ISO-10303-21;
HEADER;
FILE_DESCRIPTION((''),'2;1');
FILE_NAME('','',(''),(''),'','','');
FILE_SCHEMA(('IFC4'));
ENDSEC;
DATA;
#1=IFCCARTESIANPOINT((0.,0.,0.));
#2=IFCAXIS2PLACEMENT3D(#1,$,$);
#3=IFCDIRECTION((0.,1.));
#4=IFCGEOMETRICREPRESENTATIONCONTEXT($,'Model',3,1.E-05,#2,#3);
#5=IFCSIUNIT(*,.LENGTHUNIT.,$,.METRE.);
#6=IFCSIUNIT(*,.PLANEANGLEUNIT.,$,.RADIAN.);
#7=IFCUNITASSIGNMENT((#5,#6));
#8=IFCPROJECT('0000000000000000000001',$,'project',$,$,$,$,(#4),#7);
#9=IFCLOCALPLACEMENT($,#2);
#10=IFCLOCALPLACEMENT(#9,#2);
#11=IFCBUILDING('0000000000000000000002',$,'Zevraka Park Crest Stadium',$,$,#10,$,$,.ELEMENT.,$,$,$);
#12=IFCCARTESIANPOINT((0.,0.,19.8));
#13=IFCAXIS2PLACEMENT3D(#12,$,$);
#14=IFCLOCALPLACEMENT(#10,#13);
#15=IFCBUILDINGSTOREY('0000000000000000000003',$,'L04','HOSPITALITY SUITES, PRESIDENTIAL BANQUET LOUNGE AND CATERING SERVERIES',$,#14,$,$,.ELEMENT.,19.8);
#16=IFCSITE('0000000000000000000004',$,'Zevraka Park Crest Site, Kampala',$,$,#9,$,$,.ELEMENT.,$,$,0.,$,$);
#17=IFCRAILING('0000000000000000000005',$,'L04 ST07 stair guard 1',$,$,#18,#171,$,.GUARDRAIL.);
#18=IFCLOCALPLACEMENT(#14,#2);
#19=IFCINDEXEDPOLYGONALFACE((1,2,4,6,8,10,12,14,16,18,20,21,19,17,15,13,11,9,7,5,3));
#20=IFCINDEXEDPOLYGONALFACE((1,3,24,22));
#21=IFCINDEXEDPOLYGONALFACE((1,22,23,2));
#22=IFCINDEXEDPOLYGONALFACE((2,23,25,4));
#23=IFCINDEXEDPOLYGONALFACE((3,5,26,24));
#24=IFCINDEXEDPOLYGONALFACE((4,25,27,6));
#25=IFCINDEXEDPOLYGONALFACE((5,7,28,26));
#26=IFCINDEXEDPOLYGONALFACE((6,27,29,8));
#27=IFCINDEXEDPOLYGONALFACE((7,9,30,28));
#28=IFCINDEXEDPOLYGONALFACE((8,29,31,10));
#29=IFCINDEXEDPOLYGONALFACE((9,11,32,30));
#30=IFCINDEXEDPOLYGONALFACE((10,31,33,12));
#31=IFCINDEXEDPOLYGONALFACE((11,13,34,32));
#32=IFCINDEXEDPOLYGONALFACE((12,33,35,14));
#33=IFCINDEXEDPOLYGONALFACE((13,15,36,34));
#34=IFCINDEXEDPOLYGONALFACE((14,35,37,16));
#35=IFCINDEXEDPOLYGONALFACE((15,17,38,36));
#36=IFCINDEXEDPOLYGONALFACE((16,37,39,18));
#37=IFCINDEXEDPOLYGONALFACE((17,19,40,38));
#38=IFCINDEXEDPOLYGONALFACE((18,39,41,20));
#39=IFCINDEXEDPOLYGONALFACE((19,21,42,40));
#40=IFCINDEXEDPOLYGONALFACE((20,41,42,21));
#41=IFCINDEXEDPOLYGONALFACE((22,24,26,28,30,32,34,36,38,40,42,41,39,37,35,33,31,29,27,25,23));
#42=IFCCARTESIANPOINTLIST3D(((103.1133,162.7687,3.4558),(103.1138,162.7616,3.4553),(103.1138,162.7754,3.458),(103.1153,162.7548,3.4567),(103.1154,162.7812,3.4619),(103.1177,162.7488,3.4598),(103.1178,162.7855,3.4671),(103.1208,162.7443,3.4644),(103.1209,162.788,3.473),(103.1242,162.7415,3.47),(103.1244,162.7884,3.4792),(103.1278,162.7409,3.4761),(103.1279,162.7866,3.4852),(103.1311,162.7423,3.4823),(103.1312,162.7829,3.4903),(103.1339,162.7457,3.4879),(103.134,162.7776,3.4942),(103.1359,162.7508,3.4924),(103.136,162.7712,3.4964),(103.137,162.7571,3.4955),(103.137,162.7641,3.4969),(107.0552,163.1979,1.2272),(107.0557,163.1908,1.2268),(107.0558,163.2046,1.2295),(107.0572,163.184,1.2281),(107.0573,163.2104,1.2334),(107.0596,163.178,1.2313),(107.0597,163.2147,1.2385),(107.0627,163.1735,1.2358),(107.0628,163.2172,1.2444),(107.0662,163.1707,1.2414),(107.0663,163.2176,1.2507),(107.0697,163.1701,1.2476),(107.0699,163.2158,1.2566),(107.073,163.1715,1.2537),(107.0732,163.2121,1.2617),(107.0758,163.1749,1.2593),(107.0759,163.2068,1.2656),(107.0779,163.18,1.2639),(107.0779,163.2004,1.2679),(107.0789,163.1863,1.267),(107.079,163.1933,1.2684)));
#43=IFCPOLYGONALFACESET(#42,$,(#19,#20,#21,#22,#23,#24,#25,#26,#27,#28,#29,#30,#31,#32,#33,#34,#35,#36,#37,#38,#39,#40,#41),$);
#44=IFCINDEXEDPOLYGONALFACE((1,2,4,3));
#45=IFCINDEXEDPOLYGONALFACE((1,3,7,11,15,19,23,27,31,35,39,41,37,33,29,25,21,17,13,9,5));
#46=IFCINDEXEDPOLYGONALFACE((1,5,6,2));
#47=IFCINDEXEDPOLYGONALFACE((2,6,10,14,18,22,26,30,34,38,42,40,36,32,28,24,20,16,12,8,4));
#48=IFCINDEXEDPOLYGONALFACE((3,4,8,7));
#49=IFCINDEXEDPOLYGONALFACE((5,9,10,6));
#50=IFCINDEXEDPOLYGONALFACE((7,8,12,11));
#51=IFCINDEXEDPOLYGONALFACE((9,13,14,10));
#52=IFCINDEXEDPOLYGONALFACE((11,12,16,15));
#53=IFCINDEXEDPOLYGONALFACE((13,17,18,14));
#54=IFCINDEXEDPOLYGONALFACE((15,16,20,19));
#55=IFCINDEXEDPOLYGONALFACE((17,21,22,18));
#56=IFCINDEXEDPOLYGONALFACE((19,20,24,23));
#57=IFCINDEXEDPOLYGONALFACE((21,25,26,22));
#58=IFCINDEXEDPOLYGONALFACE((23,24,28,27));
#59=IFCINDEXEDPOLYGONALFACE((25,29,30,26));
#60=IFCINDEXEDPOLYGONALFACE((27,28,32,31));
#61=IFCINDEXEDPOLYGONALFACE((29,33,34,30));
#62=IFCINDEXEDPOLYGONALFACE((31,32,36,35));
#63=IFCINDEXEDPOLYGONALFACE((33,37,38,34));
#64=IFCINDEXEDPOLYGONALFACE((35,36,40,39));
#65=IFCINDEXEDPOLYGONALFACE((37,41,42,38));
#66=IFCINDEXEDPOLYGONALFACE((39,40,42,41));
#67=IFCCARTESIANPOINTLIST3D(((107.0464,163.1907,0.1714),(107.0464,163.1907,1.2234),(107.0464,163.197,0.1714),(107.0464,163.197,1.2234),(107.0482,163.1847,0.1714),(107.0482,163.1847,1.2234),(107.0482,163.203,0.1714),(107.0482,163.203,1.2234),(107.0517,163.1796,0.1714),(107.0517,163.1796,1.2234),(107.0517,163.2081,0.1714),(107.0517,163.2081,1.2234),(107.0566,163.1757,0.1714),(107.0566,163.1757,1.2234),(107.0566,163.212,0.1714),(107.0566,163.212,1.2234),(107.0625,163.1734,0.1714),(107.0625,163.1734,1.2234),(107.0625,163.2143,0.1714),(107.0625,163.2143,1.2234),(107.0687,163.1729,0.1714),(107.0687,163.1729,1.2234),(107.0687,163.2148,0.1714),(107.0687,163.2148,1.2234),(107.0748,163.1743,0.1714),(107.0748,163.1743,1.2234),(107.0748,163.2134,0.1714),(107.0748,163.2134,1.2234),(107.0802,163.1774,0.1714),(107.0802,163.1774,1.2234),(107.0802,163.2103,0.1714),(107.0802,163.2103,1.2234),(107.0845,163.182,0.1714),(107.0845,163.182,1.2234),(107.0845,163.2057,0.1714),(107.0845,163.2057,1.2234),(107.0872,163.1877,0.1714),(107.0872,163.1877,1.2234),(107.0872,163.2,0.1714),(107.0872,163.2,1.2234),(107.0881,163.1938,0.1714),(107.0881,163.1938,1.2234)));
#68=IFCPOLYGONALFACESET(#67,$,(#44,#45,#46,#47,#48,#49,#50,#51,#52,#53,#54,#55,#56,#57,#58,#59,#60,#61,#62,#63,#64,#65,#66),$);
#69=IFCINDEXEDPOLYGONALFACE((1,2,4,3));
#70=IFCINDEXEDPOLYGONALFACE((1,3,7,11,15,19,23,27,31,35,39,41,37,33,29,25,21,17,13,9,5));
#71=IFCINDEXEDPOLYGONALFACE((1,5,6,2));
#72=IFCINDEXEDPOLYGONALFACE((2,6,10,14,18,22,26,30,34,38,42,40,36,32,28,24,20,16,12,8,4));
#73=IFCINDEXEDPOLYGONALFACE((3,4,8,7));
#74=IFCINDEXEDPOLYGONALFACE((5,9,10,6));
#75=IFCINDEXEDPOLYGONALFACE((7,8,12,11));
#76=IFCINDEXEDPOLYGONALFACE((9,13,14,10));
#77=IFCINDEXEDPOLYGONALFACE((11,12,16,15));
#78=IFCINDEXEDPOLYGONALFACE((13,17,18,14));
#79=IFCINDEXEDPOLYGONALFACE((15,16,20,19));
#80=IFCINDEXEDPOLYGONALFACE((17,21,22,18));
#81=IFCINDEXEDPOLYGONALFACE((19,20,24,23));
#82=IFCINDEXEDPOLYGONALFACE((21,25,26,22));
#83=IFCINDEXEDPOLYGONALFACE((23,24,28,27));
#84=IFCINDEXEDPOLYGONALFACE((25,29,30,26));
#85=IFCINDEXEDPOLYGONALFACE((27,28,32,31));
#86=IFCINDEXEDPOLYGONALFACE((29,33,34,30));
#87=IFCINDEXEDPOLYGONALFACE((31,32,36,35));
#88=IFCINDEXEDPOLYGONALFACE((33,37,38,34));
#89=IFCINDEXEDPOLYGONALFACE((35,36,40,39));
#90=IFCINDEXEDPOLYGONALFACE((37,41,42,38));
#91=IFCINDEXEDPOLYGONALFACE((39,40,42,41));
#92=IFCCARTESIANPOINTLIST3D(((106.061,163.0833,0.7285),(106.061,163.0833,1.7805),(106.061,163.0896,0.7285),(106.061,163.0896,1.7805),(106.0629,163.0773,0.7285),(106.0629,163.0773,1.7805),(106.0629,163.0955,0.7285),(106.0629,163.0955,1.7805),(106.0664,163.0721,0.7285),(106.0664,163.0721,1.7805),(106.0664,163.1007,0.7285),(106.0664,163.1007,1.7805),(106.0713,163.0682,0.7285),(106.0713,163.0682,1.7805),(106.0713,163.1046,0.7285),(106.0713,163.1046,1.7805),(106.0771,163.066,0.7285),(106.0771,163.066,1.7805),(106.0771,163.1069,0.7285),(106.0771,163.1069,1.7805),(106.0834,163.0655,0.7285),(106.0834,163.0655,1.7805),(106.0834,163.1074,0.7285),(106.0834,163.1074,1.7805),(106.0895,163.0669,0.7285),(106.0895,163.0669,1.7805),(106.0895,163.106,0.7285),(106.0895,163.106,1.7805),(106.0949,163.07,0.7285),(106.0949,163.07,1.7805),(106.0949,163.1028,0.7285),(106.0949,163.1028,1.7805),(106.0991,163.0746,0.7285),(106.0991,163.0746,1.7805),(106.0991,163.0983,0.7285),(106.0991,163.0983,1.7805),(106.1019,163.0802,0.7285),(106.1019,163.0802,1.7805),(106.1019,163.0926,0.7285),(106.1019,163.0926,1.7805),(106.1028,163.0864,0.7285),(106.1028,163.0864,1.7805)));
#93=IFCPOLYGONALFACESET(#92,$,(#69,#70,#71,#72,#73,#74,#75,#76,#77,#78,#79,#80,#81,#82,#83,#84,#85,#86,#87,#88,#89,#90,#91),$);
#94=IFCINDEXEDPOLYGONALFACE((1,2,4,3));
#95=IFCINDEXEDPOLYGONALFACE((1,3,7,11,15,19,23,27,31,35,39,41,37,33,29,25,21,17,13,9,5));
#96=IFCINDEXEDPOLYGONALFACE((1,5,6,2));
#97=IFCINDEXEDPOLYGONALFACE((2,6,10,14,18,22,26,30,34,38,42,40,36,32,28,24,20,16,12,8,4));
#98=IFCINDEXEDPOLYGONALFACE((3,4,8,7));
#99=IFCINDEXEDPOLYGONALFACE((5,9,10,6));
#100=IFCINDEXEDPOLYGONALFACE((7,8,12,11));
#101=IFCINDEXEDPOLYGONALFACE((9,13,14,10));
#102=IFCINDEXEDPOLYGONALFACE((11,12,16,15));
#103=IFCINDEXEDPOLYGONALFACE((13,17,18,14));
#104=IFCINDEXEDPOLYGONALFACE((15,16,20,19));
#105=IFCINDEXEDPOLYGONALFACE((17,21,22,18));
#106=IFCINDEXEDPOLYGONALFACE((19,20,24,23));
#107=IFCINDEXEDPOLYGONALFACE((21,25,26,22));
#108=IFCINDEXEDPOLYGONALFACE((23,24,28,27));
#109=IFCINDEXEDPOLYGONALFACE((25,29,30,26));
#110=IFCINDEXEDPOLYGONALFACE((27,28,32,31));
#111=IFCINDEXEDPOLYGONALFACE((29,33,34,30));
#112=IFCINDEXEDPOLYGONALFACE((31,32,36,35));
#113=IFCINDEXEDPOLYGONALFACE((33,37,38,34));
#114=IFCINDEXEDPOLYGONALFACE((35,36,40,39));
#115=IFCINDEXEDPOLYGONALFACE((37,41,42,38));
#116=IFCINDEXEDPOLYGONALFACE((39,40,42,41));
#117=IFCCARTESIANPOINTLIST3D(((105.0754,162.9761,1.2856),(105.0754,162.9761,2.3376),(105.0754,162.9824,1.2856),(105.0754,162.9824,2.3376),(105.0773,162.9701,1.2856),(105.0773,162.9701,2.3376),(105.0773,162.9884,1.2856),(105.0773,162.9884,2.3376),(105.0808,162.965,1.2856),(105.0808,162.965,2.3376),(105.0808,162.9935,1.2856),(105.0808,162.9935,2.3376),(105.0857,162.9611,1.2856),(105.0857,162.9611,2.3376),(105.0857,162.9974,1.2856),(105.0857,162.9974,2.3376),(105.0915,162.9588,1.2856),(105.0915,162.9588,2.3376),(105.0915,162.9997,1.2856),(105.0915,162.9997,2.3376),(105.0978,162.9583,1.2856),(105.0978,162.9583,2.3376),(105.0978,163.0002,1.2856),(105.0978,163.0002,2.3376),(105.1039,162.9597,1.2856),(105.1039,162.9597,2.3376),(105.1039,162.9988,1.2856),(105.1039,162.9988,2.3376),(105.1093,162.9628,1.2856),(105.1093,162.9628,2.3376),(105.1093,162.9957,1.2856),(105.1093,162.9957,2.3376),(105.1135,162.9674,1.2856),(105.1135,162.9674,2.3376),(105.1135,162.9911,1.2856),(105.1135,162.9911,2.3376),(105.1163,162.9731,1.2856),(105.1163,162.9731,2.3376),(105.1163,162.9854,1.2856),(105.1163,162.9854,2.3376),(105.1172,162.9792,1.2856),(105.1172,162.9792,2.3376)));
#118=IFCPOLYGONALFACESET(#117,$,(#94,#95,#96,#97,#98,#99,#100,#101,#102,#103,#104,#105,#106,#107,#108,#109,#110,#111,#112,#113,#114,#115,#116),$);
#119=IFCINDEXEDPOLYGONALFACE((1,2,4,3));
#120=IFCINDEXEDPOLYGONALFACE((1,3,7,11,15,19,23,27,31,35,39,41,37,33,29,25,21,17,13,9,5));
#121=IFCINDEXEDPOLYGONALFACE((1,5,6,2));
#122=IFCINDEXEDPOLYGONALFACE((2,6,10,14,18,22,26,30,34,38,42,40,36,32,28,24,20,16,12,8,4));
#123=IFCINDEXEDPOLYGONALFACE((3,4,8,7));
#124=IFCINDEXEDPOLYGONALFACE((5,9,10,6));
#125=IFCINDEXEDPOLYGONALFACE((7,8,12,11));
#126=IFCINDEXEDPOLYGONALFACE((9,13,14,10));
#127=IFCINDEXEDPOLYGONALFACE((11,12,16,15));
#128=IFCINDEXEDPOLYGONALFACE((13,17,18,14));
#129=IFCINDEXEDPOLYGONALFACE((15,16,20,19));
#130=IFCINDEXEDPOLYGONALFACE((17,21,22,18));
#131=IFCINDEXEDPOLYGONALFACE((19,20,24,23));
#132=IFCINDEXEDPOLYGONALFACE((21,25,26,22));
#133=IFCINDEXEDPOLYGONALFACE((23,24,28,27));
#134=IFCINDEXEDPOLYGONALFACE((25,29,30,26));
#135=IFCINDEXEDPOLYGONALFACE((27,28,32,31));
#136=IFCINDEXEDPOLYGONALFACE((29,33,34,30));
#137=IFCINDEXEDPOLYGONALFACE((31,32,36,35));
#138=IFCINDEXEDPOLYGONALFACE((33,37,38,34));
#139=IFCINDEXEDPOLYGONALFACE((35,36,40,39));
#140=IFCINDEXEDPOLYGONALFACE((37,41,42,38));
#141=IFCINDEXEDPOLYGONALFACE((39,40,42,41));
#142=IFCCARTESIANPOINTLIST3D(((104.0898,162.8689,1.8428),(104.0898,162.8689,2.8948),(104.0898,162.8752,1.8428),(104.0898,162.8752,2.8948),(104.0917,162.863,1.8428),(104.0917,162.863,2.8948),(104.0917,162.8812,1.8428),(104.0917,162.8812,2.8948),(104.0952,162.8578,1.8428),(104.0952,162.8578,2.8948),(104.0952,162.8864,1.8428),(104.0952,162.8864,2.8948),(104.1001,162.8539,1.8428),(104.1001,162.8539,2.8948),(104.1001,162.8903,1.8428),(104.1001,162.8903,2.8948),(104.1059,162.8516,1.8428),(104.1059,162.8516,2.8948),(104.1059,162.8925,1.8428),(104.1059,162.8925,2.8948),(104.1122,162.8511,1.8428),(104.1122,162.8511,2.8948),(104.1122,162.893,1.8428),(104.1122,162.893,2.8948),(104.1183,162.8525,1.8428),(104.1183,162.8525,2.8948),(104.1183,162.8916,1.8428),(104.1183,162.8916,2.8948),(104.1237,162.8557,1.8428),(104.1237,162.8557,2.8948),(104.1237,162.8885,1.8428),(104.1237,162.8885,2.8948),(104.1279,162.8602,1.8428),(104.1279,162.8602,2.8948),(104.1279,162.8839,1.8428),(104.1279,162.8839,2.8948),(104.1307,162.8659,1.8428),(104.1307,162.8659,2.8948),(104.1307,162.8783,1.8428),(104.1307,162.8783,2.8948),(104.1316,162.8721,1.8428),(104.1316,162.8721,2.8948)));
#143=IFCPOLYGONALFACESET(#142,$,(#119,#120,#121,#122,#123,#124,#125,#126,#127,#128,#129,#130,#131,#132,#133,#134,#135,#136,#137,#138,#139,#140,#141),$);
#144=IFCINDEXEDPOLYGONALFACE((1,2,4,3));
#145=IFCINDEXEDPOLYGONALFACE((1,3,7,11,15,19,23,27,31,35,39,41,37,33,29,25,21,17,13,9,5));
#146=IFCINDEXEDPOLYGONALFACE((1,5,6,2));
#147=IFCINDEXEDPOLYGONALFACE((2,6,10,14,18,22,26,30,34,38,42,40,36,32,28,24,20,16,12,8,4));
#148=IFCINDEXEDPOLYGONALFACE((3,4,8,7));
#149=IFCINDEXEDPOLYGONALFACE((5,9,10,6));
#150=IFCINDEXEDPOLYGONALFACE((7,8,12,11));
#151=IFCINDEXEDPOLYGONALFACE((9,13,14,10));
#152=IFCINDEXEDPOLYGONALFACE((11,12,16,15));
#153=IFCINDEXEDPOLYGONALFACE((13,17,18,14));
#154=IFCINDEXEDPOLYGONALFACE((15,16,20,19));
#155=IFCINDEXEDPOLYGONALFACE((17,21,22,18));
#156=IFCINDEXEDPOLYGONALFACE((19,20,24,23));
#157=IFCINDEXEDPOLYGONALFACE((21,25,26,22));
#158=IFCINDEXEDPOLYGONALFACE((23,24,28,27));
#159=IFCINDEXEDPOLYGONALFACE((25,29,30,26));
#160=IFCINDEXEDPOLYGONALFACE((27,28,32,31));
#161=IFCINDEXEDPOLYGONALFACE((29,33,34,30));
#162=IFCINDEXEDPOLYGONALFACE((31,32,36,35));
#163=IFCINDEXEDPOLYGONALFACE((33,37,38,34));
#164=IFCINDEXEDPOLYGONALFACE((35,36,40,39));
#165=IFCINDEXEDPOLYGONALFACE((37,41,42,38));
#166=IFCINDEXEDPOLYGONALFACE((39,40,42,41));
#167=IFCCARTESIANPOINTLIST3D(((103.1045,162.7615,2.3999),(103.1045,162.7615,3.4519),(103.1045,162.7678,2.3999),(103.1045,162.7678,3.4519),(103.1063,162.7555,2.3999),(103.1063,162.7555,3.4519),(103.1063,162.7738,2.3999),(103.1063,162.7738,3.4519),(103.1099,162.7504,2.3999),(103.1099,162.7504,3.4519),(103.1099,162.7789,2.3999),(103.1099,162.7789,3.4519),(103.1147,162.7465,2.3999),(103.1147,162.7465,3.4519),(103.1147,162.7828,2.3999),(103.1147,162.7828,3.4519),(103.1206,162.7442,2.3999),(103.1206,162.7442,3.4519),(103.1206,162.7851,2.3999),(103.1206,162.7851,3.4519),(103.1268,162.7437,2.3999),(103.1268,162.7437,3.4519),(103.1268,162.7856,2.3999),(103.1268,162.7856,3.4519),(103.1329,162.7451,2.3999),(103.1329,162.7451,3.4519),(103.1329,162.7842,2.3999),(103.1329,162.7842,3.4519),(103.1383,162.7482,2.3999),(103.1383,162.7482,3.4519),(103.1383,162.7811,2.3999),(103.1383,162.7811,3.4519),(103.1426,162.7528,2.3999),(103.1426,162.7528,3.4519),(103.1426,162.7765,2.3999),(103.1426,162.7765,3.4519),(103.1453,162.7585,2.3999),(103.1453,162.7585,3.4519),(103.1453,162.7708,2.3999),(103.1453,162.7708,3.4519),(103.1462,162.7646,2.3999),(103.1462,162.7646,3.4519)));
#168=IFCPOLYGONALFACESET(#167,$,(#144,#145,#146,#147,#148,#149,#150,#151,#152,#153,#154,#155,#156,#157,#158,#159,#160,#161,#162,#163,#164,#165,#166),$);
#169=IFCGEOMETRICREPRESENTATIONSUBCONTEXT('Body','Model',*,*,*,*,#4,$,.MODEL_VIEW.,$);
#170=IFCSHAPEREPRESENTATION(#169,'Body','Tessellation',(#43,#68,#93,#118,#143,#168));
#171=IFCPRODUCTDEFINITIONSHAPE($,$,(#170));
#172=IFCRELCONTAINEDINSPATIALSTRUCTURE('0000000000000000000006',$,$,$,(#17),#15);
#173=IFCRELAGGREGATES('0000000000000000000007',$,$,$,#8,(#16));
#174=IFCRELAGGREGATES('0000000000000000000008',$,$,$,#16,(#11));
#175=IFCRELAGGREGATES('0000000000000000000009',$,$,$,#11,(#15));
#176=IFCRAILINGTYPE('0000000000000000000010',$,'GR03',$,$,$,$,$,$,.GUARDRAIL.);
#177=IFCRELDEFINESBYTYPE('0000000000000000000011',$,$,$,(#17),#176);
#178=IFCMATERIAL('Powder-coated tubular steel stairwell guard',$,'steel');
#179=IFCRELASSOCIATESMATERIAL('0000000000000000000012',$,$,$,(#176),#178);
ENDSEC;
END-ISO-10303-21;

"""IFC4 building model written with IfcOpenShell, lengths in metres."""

from ifc_helpers import new_model, si_unit, direction, frame, origin, origin_2d, place, context, subcontext, project, spatial, circle, extrude, material, type_object, element, save


model = new_model("IFC4")

# Units and contexts
model_context = context("Model", 3, precision=1e-05, world=origin(), true_north=direction((0.0, 1.0)))
body_context = subcontext(model_context, "Body", "Model", "MODEL_VIEW")
ifc_project = project(units=[si_unit("LENGTHUNIT", "METRE"), si_unit("PLANEANGLEUNIT", "RADIAN")], contexts=[model_context])

# Site, building, storey
site_placement = place(None, origin())
site = spatial("IfcSite", under=ifc_project, at=site_placement, Name="Zevraka Park Crest Site, Kampala", CompositionType="ELEMENT", RefElevation=0.0)
building_placement = place(site_placement, origin())
building = spatial("IfcBuilding", under=site, at=building_placement, Name="Zevraka Park Crest Stadium", CompositionType="ELEMENT")
storey_placement = place(building_placement, frame((0.0, 0.0, 19.8)))
storey = spatial("IfcBuildingStorey", under=building, at=storey_placement, Name="L04", Description="HOSPITALITY SUITES, PRESIDENTIAL BANQUET LOUNGE AND CATERING SERVERIES", CompositionType="ELEMENT", Elevation=19.8)

# Railing
ifc_material_1 = material(Name="Powder-coated tubular steel stairwell guard", Category="steel")
railing_type_1 = type_object("IfcRailingType", Name="GR03", PredefinedType="GUARDRAIL", material=ifc_material_1)
railing_1_placement = place(storey_placement, frame((107.0671, 163.1938, 0.1714)))
element("IfcRailing", 1, at=railing_1_placement, inside=storey, type_object=railing_type_1, Name="L04 ST07 stair guard 1", PredefinedType="GUARDRAIL", context=body_context, shape_type="SweptSolid", body=[
    extrude(circle(Radius=0.0239, at=origin_2d()), frame((0.0, 0.0, 1.0762), z_axis=(-0.866633, -0.09436, 0.489943), x_axis=(0.108242, -0.994125, 0.0)), (0.0, 0.0, 1.0), 4.5486),
    extrude(circle(Radius=0.021, at=origin_2d()), origin(), (0.0, 0.0, 1.0), 1.052),
    extrude(circle(Radius=0.021, at=origin_2d()), frame((-0.9854, -0.1074, 0.5571)), (0.0, 0.0, 1.0), 1.052),
    extrude(circle(Radius=0.021, at=origin_2d()), frame((-1.9709, -0.2146, 1.1143)), (0.0, 0.0, 1.0), 1.052),
    extrude(circle(Radius=0.021, at=origin_2d()), frame((-2.9565, -0.3218, 1.6714)), (0.0, 0.0, 1.0), 1.052),
    extrude(circle(Radius=0.021, at=origin_2d()), frame((-3.9419, -0.4292, 2.2285)), (0.0, 0.0, 1.0), 1.052),
])

save(model, "model.ifc")
